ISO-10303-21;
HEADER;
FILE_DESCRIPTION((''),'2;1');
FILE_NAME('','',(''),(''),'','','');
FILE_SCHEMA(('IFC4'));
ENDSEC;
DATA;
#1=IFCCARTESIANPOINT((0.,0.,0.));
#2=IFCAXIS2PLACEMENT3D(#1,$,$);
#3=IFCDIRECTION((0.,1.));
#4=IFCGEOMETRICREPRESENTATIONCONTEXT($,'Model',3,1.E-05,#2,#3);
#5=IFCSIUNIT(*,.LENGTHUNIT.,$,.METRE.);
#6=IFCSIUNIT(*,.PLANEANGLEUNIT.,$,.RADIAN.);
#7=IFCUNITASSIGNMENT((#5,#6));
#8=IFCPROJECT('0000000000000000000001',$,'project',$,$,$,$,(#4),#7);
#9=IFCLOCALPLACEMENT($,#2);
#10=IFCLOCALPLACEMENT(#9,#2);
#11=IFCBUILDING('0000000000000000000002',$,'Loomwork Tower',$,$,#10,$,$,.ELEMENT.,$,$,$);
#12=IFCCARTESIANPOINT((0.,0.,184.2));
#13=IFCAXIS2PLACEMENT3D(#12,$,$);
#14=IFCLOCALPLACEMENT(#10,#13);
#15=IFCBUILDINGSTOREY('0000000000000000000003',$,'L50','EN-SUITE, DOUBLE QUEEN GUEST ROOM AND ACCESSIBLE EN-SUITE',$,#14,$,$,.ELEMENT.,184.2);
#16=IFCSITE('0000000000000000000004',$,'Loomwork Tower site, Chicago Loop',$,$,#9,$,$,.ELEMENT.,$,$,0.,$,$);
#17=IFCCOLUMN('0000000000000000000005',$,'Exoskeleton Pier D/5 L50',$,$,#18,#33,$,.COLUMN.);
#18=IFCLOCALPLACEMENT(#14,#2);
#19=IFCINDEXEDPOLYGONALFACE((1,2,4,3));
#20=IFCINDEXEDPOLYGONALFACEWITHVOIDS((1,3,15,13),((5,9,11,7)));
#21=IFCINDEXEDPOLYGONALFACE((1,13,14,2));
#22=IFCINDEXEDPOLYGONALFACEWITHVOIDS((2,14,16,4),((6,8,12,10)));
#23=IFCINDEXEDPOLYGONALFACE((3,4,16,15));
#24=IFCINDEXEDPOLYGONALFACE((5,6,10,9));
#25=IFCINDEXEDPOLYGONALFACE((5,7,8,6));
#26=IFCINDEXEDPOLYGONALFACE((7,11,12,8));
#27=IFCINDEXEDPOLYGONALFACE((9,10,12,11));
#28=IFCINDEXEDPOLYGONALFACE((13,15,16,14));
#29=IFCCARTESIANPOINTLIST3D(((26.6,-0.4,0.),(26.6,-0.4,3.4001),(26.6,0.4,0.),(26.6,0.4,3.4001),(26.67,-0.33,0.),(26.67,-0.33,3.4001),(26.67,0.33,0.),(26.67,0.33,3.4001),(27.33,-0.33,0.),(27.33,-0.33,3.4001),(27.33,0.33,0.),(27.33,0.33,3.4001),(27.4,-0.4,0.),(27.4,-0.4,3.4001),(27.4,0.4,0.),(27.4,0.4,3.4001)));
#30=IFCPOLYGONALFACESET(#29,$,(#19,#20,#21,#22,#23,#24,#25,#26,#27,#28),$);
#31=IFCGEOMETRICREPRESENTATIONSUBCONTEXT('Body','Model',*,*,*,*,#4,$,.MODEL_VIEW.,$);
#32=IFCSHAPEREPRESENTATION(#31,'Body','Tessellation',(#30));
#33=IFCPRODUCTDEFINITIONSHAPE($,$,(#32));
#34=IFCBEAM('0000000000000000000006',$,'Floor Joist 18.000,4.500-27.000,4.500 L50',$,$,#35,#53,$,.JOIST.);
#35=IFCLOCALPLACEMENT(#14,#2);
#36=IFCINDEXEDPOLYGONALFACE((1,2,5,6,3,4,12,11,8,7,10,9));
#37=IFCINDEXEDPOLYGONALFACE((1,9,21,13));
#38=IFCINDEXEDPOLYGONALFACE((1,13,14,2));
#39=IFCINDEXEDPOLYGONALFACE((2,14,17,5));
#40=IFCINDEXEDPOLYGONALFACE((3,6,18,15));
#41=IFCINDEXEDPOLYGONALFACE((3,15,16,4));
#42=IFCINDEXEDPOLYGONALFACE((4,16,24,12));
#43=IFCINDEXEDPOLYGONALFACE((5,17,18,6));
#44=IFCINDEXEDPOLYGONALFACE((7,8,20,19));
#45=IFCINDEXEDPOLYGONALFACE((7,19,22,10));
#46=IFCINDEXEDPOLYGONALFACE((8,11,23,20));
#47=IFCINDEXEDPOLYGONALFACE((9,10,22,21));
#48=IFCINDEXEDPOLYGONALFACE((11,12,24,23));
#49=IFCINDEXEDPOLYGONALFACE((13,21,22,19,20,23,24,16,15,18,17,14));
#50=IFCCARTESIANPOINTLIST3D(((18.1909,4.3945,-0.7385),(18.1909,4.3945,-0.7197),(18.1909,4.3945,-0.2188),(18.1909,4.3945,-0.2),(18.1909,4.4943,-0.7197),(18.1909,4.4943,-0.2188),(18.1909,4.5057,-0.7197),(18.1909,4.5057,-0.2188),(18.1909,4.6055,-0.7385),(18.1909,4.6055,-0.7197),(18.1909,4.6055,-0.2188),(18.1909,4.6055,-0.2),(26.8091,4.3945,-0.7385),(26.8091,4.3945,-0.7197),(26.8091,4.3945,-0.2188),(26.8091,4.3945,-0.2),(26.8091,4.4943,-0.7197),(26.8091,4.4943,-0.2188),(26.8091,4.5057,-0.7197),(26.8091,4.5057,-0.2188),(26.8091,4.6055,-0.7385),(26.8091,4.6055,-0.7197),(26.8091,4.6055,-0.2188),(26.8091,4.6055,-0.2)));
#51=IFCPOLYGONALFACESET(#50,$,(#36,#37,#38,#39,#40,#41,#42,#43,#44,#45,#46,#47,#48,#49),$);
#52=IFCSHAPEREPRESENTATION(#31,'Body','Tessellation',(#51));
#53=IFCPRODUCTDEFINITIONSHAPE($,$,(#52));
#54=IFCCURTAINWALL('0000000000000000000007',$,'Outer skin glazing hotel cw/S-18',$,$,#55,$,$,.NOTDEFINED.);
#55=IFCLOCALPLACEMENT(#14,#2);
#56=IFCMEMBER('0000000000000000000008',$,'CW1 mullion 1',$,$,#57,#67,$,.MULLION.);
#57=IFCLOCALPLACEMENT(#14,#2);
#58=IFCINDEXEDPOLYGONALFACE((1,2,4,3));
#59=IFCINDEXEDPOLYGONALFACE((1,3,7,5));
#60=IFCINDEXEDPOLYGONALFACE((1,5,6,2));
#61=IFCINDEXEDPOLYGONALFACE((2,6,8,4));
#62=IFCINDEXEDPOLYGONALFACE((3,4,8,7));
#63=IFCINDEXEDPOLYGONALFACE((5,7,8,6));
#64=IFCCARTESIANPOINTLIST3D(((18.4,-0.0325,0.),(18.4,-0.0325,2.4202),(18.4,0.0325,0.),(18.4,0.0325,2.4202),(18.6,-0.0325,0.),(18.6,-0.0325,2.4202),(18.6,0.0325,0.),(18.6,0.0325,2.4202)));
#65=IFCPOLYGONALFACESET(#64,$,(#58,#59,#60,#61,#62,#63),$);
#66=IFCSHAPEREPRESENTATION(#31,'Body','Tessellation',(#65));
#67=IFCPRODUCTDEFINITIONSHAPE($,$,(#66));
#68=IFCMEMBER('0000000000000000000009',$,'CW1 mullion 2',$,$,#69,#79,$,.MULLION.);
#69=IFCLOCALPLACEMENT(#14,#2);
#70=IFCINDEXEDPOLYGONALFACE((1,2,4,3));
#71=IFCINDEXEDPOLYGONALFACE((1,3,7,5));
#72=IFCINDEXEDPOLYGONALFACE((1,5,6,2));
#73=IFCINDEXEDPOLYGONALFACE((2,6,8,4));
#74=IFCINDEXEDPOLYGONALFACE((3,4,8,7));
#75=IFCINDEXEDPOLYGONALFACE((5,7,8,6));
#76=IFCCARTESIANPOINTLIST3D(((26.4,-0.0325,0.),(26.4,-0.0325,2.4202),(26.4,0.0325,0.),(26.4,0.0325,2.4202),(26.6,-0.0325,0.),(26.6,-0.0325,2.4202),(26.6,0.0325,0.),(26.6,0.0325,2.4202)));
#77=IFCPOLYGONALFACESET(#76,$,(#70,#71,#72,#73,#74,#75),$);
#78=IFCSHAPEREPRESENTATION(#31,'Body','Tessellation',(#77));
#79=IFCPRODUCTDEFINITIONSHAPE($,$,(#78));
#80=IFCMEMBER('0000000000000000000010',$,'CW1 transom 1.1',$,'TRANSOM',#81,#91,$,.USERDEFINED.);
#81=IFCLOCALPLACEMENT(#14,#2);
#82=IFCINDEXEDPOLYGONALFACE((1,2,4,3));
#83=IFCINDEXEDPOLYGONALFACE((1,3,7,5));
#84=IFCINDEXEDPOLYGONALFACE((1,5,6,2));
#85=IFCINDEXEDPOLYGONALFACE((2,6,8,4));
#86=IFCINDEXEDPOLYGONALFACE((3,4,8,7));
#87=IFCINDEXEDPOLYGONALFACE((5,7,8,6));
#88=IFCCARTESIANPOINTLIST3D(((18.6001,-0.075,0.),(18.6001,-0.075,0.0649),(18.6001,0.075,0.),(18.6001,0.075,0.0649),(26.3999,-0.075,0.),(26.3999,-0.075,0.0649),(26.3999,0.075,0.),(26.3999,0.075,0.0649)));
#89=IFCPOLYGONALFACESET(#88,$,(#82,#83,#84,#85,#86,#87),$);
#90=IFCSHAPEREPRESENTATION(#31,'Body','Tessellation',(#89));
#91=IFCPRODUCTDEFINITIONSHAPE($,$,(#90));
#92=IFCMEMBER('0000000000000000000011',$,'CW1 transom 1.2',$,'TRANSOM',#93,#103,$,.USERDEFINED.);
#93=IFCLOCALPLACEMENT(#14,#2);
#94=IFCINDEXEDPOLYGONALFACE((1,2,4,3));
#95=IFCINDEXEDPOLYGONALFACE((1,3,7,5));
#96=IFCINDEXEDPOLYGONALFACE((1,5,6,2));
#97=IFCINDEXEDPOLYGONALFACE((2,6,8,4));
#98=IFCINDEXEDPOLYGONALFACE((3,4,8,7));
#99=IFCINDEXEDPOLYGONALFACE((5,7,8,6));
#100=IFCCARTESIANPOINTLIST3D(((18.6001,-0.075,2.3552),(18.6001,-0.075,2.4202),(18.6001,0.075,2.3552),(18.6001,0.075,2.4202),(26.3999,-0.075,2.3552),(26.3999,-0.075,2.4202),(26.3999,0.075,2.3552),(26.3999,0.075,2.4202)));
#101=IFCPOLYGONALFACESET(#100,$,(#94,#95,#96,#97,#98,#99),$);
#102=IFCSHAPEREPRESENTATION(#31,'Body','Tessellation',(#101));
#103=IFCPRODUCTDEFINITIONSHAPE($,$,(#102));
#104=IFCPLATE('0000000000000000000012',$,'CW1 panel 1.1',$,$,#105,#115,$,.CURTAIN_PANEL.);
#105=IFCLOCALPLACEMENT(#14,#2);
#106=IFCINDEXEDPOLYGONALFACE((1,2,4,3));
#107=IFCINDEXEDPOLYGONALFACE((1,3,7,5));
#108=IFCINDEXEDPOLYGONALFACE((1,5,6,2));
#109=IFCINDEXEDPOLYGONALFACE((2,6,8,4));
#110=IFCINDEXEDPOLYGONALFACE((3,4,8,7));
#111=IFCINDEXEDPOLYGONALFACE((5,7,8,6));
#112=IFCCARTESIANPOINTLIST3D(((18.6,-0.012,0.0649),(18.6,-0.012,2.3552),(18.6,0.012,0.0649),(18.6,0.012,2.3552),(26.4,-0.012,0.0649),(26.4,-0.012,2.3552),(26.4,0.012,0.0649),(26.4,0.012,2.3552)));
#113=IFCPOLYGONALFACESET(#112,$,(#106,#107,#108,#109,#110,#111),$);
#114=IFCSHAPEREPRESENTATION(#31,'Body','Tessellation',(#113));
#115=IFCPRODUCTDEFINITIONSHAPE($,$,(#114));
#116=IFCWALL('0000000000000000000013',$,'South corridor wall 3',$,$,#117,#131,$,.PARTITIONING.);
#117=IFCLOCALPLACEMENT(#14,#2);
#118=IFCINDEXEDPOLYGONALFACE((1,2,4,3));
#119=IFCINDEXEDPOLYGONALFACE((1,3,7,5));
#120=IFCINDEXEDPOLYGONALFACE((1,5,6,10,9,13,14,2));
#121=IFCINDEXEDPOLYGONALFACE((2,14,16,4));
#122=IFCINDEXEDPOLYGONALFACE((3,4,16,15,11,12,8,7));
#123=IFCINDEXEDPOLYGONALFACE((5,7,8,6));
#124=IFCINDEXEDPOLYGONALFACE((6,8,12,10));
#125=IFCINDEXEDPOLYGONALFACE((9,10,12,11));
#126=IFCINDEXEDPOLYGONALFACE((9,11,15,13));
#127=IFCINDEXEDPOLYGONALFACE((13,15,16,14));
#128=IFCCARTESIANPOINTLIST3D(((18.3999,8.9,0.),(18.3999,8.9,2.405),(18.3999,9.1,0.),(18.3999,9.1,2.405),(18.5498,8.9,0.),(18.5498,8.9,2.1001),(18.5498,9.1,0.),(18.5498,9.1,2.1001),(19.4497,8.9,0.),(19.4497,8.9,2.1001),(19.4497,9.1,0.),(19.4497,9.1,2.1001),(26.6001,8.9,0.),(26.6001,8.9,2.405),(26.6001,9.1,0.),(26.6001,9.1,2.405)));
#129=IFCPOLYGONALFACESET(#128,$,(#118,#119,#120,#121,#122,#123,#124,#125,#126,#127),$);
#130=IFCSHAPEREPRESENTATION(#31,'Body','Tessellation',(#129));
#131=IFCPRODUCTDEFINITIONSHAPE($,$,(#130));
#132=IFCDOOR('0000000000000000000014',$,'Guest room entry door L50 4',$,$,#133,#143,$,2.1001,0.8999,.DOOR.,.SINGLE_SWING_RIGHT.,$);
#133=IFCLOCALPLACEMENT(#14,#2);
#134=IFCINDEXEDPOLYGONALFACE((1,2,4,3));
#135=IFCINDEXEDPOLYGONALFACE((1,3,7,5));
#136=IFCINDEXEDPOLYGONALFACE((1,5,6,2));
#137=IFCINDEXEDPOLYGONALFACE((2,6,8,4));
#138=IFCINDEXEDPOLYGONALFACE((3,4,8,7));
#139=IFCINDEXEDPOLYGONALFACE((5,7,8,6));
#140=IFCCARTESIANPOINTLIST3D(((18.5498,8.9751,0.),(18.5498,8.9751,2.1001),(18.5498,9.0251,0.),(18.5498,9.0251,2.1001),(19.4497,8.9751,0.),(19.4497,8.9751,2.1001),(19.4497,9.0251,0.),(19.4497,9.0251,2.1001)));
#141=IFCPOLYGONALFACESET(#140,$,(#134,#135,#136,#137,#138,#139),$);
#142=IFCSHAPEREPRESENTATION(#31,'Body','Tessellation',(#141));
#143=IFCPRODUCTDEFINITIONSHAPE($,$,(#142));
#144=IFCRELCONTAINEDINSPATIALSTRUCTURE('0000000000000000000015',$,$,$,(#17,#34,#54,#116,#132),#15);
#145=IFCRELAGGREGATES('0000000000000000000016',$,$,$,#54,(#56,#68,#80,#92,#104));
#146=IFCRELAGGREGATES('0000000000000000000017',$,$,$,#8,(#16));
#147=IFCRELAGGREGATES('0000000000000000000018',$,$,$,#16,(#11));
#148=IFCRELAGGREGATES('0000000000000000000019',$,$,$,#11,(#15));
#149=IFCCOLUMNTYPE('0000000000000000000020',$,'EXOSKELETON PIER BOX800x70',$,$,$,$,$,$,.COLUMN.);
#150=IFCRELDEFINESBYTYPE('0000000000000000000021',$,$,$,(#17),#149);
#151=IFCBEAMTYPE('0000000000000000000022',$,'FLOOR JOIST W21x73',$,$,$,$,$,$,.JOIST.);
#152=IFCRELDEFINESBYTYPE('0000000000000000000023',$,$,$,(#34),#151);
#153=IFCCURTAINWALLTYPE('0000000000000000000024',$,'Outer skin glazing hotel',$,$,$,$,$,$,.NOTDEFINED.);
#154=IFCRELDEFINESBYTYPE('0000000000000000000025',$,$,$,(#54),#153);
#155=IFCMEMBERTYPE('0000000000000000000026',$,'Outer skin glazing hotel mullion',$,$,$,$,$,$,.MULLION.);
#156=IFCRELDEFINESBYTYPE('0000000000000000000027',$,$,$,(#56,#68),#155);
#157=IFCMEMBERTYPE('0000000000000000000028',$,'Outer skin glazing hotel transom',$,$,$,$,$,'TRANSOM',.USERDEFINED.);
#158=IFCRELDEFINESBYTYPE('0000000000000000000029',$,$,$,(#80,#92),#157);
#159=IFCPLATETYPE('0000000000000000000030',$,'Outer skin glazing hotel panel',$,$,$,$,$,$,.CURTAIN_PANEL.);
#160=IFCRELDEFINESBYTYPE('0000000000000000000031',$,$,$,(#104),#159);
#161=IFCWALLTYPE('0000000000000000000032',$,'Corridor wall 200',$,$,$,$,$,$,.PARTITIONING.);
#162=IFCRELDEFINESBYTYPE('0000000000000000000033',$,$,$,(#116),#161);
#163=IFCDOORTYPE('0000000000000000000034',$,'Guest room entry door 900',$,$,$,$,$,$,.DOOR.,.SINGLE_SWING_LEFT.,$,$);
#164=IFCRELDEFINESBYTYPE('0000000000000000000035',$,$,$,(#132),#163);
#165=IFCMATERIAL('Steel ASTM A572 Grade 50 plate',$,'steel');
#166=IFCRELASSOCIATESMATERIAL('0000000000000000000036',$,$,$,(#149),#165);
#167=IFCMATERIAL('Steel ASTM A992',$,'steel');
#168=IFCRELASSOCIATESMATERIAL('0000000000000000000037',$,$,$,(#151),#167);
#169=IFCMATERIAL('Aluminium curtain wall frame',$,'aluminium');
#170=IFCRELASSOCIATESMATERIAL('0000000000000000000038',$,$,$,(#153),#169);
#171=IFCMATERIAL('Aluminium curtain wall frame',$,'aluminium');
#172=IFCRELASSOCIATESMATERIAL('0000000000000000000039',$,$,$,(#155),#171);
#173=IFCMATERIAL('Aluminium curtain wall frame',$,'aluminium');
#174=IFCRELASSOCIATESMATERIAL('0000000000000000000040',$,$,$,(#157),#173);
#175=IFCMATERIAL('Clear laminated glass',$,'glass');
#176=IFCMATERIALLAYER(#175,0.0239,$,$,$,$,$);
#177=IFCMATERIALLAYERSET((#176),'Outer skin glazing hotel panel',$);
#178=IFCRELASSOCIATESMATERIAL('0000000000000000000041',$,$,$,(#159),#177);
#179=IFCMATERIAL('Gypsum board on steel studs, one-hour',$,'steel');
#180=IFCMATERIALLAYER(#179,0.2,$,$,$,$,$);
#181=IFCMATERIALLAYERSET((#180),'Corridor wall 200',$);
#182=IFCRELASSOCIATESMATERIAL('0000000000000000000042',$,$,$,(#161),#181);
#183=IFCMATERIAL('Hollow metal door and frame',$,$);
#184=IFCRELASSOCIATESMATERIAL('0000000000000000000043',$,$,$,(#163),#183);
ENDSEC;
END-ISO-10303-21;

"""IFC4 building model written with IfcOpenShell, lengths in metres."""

from ifc_helpers import new_model, si_unit, direction, frame, frame_2d, origin, origin_2d, place, context, subcontext, project, spatial, rectangle, hollow_rectangle, i_section, extrude, material, layer, layer_set, material_profile, profile_set, type_object, element, fill, aggregate, save


model = new_model("IFC4")

# Units and contexts
model_context = context("Model", 3, precision=1e-05, world=origin(), true_north=direction((0.0, 1.0)))
body_context = subcontext(model_context, "Body", "Model", "MODEL_VIEW")
ifc_project = project(units=[si_unit("LENGTHUNIT", "METRE"), si_unit("PLANEANGLEUNIT", "RADIAN")], contexts=[model_context])

# Site, building, storey
site_placement = place(None, origin())
site = spatial("IfcSite", under=ifc_project, at=site_placement, Name="Loomwork Tower site, Chicago Loop", CompositionType="ELEMENT", RefElevation=0.0)
building_placement = place(site_placement, origin())
building = spatial("IfcBuilding", under=site, at=building_placement, Name="Loomwork Tower", CompositionType="ELEMENT")
storey_placement = place(building_placement, frame((0.0, 0.0, 184.2)))
storey = spatial("IfcBuildingStorey", under=building, at=storey_placement, Name="L50", Description="EN-SUITE, DOUBLE QUEEN GUEST ROOM AND ACCESSIBLE EN-SUITE", CompositionType="ELEMENT", Elevation=184.2)

# Column
ifc_material_1 = material(Name="Steel ASTM A572 Grade 50 plate", Category="steel")
ifc_material_profile_1 = material_profile(ifc_material_1, hollow_rectangle(XDim=0.8, YDim=0.8, WallThickness=0.0701, at=origin_2d()), Name="BOX800x70")
ifc_profile_set_1 = profile_set([ifc_material_profile_1], Name="Steel ASTM A572 Grade 50 plate")
column_type = type_object("IfcColumnType", Name="EXOSKELETON PIER BOX800x70", PredefinedType="COLUMN", material=ifc_profile_set_1)
column_placement = place(storey_placement, frame((27.0, 0.0, 0.0), z_axis=(0.0, 0.0, 1.0), x_axis=(1.0, 0.0, 0.0)))
element("IfcColumn", 1, at=column_placement, inside=storey, type_object=column_type, Name="Exoskeleton Pier D/5 L50", PredefinedType="COLUMN", context=body_context, shape_type="SweptSolid", body=[
    extrude(hollow_rectangle(XDim=0.8, YDim=0.8, WallThickness=0.0701, at=origin_2d()), origin(), (0.0, 0.0, 1.0), 3.4001),
])

# Beam
ifc_material_2 = material(Name="Steel ASTM A992", Category="steel")
ifc_material_profile_2 = material_profile(ifc_material_2, i_section(OverallWidth=0.2109, OverallDepth=0.5386, WebThickness=0.0115, FlangeThickness=0.0188, at=origin_2d()), Name="W21x73")
ifc_profile_set_2 = profile_set([ifc_material_profile_2], Name="Steel ASTM A992")
beam_type = type_object("IfcBeamType", Name="FLOOR JOIST W21x73", PredefinedType="JOIST", material=ifc_profile_set_2)
beam_placement = place(storey_placement, frame((18.1909, 4.5, -0.4692), z_axis=(1.0, 0.0, 0.0), x_axis=(0.0, 1.0, 0.0)))
element("IfcBeam", 2, at=beam_placement, inside=storey, type_object=beam_type, Name="Floor Joist 18.000,4.500-27.000,4.500 L50", PredefinedType="JOIST", context=body_context, shape_type="SweptSolid", body=[
    extrude(i_section(OverallWidth=0.2109, OverallDepth=0.5386, WebThickness=0.0115, FlangeThickness=0.0188, at=origin_2d()), origin(), (0.0, 0.0, 1.0), 8.6182),
])

# Curtain wall, members, plate
ifc_material_3 = material(Name="Aluminium curtain wall frame", Category="aluminium")
curtain_wall_type = type_object("IfcCurtainWallType", Name="Outer skin glazing hotel", PredefinedType="NOTDEFINED", material=ifc_material_3)
curtain_wall_placement = place(storey_placement, origin())
curtain_wall = element("IfcCurtainWall", 3, at=curtain_wall_placement, inside=storey, type_object=curtain_wall_type, Name="Outer skin glazing hotel cw/S-18", PredefinedType="NOTDEFINED")
ifc_material_4 = material(Name="Aluminium curtain wall frame", Category="aluminium")
ifc_material_profile_3 = material_profile(ifc_material_4, rectangle(XDim=0.0649, YDim=0.2, at=origin_2d()), Name="AL 65x200")
ifc_profile_set_3 = profile_set([ifc_material_profile_3], Name="Aluminium curtain wall frame")
member_type_1 = type_object("IfcMemberType", Name="Outer skin glazing hotel mullion", PredefinedType="MULLION", material=ifc_profile_set_3)
member_1_placement = place(storey_placement, frame((18.5, 0.0, 0.0), z_axis=(0.0, 0.0, 1.0), x_axis=(0.0, 1.0, 0.0)))
member_1 = element("IfcMember", 4, at=member_1_placement, type_object=member_type_1, Name="CW1 mullion 1", PredefinedType="MULLION", context=body_context, shape_type="SweptSolid", body=[
    extrude(rectangle(XDim=0.0649, YDim=0.2, at=origin_2d()), origin(), (0.0, 0.0, 1.0), 2.4202),
])
member_2_placement = place(storey_placement, frame((26.5, 0.0, 0.0), z_axis=(0.0, 0.0, 1.0), x_axis=(0.0, 1.0, 0.0)))
member_2 = element("IfcMember", 5, at=member_2_placement, type_object=member_type_1, Name="CW1 mullion 2", PredefinedType="MULLION", context=body_context, shape_type="SweptSolid", body=[
    extrude(rectangle(XDim=0.0649, YDim=0.2, at=origin_2d()), origin(), (0.0, 0.0, 1.0), 2.4202),
])
ifc_material_5 = material(Name="Aluminium curtain wall frame", Category="aluminium")
ifc_material_profile_4 = material_profile(ifc_material_5, rectangle(XDim=0.1499, YDim=0.0649, at=origin_2d()), Name="AL 65x150")
ifc_profile_set_4 = profile_set([ifc_material_profile_4], Name="Aluminium curtain wall frame")
member_type_2 = type_object("IfcMemberType", Name="Outer skin glazing hotel transom", ElementType="TRANSOM", PredefinedType="USERDEFINED", material=ifc_profile_set_4)
member_3_placement = place(storey_placement, frame((18.6001, 0.0, 0.0325), z_axis=(1.0, 0.0, 0.0), x_axis=(0.0, 1.0, 0.0)))
member_3 = element("IfcMember", 6, at=member_3_placement, type_object=member_type_2, Name="CW1 transom 1.1", ObjectType="TRANSOM", PredefinedType="USERDEFINED", context=body_context, shape_type="SweptSolid", body=[
    extrude(rectangle(XDim=0.1499, YDim=0.0649, at=origin_2d()), origin(), (0.0, 0.0, 1.0), 7.7998),
])
member_4_placement = place(storey_placement, frame((18.6001, 0.0, 2.3877), z_axis=(1.0, 0.0, 0.0), x_axis=(0.0, 1.0, 0.0)))
member_4 = element("IfcMember", 7, at=member_4_placement, type_object=member_type_2, Name="CW1 transom 1.2", ObjectType="TRANSOM", PredefinedType="USERDEFINED", context=body_context, shape_type="SweptSolid", body=[
    extrude(rectangle(XDim=0.1499, YDim=0.0649, at=origin_2d()), origin(), (0.0, 0.0, 1.0), 7.7998),
])
ifc_material_6 = material(Name="Clear laminated glass", Category="glass")
ifc_layer_1 = layer(ifc_material_6, 0.0239)
ifc_layer_set_1 = layer_set([ifc_layer_1], Name="Outer skin glazing hotel panel")
plate_type = type_object("IfcPlateType", Name="Outer skin glazing hotel panel", PredefinedType="CURTAIN_PANEL", material=ifc_layer_set_1)
plate_placement = place(storey_placement, frame((22.5, 0.0, 0.0649), z_axis=(0.0, 0.0, 1.0), x_axis=(1.0, 0.0, 0.0)))
plate = element("IfcPlate", 8, at=plate_placement, type_object=plate_type, Name="CW1 panel 1.1", PredefinedType="CURTAIN_PANEL", context=body_context, shape_type="SweptSolid", body=[
    extrude(rectangle(XDim=7.8, YDim=0.0239, at=origin_2d()), origin(), (0.0, 0.0, 1.0), 2.2903),
])
aggregate(curtain_wall, [member_1, member_2, member_3, member_4, plate])

# Wall, opening, door
ifc_material_7 = material(Name="Gypsum board on steel studs, one-hour", Category="steel")
ifc_layer_2 = layer(ifc_material_7, 0.2)
ifc_layer_set_2 = layer_set([ifc_layer_2], Name="Corridor wall 200")
wall_type_1 = type_object("IfcWallType", Name="Corridor wall 200", PredefinedType="PARTITIONING", material=ifc_layer_set_2)
wall_1_placement = place(storey_placement, frame((18.3999, 9.0, 0.0), z_axis=(0.0, 0.0, 1.0), x_axis=(1.0, 0.0, 0.0)))
wall_1 = element("IfcWall", 9, at=wall_1_placement, inside=storey, type_object=wall_type_1, Name="South corridor wall 3", PredefinedType="PARTITIONING", context=body_context, shape_type="SweptSolid", body=[
    extrude(rectangle(XDim=8.2002, YDim=0.2, at=frame_2d((4.1001, 0.0))), origin(), (0.0, 0.0, 1.0), 2.405),
])
opening_1_placement = place(wall_1_placement, frame((0.1499, 0.0, 0.0)))
opening_1 = element("IfcOpeningElement", 10, at=opening_1_placement, cuts=wall_1, PredefinedType="OPENING", context=body_context, shape_type="SweptSolid", body=[
    extrude(rectangle(XDim=0.8999, YDim=2.1001, at=frame_2d((0.45, 1.05))), frame((0.0, 0.1099, 0.0), z_axis=(0.0, -1.0, 0.0), x_axis=(1.0, 0.0, 0.0)), (0.0, 0.0, 1.0), 0.22),
])
ifc_material_8 = material(Name="Hollow metal door and frame")
door_type_1 = type_object("IfcDoorType", Name="Guest room entry door 900", OperationType="SINGLE_SWING_LEFT", PredefinedType="DOOR", material=ifc_material_8)
door_1_placement = place(opening_1_placement, frame((0.8999, 0.0, 0.0), z_axis=(0.0, 0.0, 1.0), x_axis=(-1.0, 0.0, 0.0)))
door_1 = element("IfcDoor", 11, at=door_1_placement, inside=storey, type_object=door_type_1, Name="Guest room entry door L50 4", OperationType="SINGLE_SWING_RIGHT", OverallHeight=2.1001, OverallWidth=0.8999, PredefinedType="DOOR", context=body_context, shape_type="SweptSolid", body=[
    extrude(rectangle(XDim=0.8999, YDim=2.1001, at=frame_2d((0.45, 1.05))), frame((0.0, 0.0249, 0.0), z_axis=(0.0, -1.0, 0.0), x_axis=(1.0, 0.0, 0.0)), (0.0, 0.0, 1.0), 0.05),
])
fill(opening_1, door_1)

save(model, "model.ifc")
